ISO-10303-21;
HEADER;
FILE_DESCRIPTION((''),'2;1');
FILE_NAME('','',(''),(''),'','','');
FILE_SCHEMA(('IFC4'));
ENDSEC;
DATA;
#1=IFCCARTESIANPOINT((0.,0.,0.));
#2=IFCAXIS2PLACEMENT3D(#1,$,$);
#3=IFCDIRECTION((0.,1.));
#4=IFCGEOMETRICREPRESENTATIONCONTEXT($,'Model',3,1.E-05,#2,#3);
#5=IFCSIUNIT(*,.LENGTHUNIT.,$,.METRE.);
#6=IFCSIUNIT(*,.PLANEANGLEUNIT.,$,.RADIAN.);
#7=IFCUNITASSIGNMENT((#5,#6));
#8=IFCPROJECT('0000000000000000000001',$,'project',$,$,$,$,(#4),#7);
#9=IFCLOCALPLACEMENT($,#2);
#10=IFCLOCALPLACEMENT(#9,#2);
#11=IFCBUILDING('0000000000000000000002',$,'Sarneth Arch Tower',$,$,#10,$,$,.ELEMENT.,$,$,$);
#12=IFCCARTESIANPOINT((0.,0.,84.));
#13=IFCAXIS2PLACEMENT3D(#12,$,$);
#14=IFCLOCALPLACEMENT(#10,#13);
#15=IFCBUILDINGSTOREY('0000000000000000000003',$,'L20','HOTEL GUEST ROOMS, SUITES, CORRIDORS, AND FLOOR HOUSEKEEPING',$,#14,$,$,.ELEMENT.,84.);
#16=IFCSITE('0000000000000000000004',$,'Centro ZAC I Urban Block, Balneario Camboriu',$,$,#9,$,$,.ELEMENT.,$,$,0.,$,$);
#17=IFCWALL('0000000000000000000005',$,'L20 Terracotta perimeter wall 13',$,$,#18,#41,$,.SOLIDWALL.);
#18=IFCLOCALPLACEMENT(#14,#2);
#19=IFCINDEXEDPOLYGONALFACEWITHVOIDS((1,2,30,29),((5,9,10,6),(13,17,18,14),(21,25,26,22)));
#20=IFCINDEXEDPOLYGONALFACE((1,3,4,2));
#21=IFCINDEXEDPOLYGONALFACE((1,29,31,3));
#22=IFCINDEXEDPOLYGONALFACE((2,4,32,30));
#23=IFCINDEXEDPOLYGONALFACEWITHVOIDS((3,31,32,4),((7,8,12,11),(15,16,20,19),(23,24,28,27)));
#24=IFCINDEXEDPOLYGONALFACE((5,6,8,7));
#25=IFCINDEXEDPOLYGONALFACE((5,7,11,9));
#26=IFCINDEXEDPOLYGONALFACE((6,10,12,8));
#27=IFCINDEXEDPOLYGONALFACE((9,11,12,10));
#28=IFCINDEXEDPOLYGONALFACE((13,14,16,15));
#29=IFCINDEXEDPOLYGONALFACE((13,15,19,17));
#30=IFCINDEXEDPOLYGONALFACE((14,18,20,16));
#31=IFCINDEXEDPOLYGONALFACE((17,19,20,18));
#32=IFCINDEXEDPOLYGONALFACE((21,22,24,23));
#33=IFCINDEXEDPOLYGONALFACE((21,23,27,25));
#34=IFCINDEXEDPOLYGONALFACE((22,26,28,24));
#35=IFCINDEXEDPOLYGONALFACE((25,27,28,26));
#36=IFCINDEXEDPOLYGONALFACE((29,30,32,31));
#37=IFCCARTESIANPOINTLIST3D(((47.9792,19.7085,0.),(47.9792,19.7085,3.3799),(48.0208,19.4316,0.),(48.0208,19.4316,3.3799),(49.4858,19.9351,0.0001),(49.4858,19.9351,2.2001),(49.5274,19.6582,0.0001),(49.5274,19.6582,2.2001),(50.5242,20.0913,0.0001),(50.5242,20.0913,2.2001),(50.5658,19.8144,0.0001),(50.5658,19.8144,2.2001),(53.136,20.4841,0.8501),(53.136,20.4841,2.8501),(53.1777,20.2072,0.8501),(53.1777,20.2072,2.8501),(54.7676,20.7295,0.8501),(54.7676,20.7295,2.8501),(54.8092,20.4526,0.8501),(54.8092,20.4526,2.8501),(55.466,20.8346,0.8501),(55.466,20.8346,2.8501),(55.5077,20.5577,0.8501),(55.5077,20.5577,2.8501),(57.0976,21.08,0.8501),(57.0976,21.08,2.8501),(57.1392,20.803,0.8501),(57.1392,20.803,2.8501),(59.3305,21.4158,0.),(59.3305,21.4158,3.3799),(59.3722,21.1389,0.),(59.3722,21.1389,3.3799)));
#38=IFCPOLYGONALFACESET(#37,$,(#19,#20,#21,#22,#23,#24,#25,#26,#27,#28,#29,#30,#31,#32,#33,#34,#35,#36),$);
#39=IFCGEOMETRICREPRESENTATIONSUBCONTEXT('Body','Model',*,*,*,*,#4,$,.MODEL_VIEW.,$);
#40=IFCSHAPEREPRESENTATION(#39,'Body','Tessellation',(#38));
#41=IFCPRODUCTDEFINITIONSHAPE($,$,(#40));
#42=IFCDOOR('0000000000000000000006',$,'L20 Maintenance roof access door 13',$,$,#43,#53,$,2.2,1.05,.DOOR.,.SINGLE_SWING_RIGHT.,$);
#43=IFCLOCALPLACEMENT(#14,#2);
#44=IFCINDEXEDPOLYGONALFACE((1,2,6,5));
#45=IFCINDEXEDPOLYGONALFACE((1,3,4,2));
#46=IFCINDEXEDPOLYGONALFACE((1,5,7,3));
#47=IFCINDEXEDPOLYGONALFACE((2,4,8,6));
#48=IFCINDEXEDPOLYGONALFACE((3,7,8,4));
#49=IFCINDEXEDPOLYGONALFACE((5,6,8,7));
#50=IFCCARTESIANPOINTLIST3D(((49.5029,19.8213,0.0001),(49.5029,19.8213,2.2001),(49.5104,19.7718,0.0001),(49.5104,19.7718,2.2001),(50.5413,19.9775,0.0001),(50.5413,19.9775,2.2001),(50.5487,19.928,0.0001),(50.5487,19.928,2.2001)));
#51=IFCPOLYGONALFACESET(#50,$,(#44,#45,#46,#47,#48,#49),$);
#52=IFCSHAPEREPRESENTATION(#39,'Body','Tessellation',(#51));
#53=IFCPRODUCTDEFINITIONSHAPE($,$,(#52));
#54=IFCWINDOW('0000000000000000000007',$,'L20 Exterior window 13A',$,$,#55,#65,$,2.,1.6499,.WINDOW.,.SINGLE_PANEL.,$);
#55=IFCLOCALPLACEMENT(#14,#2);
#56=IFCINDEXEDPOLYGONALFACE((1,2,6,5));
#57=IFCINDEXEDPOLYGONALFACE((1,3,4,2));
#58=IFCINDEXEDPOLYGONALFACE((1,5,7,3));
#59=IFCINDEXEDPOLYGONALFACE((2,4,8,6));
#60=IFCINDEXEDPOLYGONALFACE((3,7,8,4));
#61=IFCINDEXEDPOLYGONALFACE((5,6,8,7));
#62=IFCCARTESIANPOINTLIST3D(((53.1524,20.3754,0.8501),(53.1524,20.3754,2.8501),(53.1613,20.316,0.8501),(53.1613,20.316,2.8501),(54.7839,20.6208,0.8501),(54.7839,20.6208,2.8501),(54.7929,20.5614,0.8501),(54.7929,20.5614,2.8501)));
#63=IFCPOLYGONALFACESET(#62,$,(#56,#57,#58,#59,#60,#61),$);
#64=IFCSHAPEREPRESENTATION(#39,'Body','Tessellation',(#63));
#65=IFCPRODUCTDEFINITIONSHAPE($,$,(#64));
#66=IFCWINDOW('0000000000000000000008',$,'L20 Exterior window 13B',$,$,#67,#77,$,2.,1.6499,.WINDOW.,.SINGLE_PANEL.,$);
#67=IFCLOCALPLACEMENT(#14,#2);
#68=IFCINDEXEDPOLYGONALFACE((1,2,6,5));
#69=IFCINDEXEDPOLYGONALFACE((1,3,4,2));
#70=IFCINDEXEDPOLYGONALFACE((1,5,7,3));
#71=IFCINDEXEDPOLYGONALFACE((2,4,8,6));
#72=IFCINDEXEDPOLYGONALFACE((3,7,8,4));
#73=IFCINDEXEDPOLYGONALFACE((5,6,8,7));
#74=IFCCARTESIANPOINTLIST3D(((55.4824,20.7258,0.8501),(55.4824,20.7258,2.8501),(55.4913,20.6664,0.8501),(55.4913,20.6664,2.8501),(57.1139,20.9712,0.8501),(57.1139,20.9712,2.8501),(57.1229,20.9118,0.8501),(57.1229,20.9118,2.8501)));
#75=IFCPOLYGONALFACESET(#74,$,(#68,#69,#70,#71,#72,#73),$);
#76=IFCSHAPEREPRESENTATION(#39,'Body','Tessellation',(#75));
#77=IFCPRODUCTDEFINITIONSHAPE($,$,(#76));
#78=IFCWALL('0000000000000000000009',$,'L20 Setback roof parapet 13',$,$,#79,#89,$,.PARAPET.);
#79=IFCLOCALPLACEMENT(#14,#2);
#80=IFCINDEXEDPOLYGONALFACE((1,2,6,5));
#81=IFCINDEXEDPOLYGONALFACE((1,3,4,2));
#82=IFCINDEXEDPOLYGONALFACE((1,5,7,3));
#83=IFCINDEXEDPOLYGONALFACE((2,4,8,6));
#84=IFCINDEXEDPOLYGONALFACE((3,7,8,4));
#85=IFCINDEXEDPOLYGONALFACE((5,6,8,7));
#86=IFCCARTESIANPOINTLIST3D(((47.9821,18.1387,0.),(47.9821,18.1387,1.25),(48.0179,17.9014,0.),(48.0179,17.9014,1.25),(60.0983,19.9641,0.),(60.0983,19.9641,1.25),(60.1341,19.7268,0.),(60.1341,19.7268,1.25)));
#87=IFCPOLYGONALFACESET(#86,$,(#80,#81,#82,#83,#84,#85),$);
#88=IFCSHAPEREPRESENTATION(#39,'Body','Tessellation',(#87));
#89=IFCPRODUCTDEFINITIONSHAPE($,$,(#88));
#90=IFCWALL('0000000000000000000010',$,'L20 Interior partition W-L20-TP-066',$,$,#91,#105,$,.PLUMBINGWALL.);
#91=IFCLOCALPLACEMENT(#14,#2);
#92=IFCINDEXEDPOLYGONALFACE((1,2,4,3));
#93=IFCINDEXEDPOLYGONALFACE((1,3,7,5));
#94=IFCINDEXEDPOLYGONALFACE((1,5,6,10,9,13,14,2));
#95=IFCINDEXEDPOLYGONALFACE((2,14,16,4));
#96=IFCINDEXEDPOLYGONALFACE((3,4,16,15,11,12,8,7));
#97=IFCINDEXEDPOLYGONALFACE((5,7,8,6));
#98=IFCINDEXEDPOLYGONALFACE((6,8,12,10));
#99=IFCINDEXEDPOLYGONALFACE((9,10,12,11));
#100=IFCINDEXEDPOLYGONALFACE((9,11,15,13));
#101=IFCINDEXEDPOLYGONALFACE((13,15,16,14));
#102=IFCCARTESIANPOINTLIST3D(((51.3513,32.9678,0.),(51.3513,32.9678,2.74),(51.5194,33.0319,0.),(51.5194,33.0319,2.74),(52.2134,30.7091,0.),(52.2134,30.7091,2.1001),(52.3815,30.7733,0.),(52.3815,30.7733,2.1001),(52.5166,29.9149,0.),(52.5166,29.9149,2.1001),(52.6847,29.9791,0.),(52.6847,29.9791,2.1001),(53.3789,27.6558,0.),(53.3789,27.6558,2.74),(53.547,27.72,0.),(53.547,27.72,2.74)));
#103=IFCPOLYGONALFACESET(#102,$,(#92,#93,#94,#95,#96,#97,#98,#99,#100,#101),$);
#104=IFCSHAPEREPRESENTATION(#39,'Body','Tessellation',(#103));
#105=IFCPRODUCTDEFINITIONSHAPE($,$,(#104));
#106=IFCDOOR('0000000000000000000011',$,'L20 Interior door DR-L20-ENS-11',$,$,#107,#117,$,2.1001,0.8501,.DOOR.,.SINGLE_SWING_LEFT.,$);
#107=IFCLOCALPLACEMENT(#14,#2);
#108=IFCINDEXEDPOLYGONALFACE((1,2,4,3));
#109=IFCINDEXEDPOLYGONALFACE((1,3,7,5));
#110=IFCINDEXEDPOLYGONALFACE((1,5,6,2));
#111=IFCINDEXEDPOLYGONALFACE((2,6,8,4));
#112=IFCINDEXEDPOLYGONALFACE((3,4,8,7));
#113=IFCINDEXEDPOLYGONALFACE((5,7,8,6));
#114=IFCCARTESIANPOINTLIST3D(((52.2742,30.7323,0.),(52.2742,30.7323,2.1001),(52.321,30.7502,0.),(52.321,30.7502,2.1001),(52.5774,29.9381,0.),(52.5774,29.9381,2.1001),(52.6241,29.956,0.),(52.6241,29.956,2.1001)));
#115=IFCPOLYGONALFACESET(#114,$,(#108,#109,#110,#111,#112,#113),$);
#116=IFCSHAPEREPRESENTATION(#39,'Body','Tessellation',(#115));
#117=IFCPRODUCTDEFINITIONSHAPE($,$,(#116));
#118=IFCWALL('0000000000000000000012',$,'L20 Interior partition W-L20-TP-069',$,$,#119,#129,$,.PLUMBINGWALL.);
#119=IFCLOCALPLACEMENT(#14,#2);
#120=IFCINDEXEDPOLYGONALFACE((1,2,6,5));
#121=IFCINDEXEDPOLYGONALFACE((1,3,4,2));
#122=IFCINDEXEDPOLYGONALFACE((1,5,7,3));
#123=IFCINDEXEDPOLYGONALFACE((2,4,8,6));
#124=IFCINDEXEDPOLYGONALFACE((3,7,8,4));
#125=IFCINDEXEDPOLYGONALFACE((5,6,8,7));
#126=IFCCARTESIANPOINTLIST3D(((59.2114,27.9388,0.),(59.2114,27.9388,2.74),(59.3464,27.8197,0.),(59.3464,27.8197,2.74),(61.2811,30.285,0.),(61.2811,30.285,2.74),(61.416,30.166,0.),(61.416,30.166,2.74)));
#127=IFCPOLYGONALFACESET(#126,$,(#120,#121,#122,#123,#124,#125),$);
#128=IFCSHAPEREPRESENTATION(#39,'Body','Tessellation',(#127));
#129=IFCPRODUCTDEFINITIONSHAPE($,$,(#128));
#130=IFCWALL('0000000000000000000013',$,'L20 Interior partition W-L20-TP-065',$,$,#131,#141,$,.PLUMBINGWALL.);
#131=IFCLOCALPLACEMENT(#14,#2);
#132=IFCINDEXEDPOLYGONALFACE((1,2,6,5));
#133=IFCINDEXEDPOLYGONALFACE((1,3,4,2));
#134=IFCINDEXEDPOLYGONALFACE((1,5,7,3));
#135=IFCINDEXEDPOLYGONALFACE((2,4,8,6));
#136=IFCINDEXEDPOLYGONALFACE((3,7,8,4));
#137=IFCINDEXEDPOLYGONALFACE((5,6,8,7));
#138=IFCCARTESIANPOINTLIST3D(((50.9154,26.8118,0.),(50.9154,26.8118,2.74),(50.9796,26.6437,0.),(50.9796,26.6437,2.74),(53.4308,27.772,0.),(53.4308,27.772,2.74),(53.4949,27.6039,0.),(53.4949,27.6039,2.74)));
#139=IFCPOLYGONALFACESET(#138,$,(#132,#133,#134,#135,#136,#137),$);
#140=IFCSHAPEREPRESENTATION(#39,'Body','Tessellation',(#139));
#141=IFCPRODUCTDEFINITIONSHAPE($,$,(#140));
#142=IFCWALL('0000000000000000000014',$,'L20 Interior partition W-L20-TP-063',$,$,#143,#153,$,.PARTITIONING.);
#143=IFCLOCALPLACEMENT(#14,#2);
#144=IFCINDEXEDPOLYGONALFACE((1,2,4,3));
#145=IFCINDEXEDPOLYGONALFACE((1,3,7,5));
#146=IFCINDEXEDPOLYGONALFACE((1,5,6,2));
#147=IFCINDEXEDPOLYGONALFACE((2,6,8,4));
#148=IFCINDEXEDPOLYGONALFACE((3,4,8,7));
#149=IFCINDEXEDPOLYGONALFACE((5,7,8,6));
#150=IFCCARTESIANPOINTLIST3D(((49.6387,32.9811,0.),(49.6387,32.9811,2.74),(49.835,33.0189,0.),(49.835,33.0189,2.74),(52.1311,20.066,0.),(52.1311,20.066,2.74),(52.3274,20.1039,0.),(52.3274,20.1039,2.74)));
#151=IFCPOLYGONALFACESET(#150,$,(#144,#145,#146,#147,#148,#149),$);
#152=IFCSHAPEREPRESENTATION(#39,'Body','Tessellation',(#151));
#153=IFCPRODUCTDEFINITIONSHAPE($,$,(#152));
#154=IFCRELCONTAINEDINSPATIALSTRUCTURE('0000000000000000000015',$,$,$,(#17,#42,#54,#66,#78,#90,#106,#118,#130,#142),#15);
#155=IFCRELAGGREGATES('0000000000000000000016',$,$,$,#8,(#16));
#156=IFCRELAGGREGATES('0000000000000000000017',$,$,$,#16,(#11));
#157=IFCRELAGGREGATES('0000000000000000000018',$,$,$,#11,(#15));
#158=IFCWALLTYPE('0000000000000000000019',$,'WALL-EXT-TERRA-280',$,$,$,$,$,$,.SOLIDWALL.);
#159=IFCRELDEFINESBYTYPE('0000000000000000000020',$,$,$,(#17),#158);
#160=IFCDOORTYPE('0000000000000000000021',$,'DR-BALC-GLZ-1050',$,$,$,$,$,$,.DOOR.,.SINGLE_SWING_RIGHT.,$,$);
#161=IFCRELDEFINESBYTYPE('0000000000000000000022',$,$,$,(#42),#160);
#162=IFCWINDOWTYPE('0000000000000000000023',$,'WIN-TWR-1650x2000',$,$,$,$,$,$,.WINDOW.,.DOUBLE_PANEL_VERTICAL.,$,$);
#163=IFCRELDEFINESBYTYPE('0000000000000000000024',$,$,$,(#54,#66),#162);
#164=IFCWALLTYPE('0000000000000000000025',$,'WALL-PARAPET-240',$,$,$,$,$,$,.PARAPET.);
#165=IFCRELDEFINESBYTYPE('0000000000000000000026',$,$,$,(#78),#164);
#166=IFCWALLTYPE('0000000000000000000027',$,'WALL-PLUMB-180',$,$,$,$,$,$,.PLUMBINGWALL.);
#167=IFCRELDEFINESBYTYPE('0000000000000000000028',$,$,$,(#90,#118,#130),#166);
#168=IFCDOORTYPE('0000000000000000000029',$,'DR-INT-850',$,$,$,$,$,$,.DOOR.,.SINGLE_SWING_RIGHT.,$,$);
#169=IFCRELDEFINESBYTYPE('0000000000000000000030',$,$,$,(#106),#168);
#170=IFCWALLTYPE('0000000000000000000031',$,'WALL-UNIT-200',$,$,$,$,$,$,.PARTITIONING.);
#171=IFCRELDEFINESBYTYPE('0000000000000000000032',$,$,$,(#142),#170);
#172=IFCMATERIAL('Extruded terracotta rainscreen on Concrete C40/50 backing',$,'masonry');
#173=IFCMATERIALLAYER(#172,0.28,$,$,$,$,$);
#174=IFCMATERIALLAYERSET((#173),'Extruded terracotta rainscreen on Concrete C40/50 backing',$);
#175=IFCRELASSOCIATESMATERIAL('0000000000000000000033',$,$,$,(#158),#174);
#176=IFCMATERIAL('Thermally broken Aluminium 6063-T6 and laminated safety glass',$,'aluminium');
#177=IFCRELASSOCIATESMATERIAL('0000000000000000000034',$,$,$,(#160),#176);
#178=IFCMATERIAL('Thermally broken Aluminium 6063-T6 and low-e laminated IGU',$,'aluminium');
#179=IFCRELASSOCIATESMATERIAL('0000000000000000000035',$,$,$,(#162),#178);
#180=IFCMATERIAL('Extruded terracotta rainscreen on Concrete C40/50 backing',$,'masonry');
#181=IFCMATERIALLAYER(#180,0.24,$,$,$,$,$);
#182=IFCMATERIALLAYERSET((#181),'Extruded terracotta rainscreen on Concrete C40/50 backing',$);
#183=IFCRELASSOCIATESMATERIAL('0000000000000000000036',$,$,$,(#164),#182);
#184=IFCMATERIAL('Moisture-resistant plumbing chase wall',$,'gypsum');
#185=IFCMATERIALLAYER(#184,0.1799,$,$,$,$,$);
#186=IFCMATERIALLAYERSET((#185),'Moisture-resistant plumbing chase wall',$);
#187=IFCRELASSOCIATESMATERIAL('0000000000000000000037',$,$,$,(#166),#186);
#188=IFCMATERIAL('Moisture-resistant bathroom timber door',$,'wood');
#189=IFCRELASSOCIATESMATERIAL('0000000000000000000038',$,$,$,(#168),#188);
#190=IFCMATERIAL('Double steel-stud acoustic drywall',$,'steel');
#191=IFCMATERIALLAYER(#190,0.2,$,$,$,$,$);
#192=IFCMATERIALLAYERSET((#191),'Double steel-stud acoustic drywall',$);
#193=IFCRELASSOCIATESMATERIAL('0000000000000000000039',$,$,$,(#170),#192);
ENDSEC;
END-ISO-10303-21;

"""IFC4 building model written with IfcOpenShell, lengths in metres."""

from ifc_helpers import new_model, si_unit, direction, frame, frame_2d, origin, place, context, subcontext, project, spatial, rectangle, extrude, material, layer, layer_set, type_object, element, fill, save


model = new_model("IFC4")

# Units and contexts
model_context = context("Model", 3, precision=1e-05, world=origin(), true_north=direction((0.0, 1.0)))
body_context = subcontext(model_context, "Body", "Model", "MODEL_VIEW")
ifc_project = project(units=[si_unit("LENGTHUNIT", "METRE"), si_unit("PLANEANGLEUNIT", "RADIAN")], contexts=[model_context])

# Site, building, storey
site_placement = place(None, origin())
site = spatial("IfcSite", under=ifc_project, at=site_placement, Name="Centro ZAC I Urban Block, Balneario Camboriu", CompositionType="ELEMENT", RefElevation=0.0)
building_placement = place(site_placement, origin())
building = spatial("IfcBuilding", under=site, at=building_placement, Name="Sarneth Arch Tower", CompositionType="ELEMENT")
storey_placement = place(building_placement, frame((0.0, 0.0, 84.0)))
storey = spatial("IfcBuildingStorey", under=building, at=storey_placement, Name="L20", Description="HOTEL GUEST ROOMS, SUITES, CORRIDORS, AND FLOOR HOUSEKEEPING", CompositionType="ELEMENT", Elevation=84.0)

# Wall, openings, door, windows
ifc_material_1 = material(Name="Extruded terracotta rainscreen on Concrete C40/50 backing", Category="masonry")
ifc_layer_1 = layer(ifc_material_1, 0.28)
ifc_layer_set_1 = layer_set([ifc_layer_1], Name="Extruded terracotta rainscreen on Concrete C40/50 backing")
wall_type_1 = type_object("IfcWallType", Name="WALL-EXT-TERRA-280", PredefinedType="SOLIDWALL", material=ifc_layer_set_1)
wall_1_placement = place(storey_placement, frame((48.0, 19.5701, 0.0), z_axis=(0.0, 0.0, 1.0), x_axis=(0.988878, 0.14873, 0.0)))
wall_1 = element("IfcWall", 1, at=wall_1_placement, inside=storey, type_object=wall_type_1, Name="L20 Terracotta perimeter wall 13", PredefinedType="SOLIDWALL", context=body_context, shape_type="SweptSolid", body=[
    extrude(rectangle(XDim=11.479, YDim=0.28, at=frame_2d((5.7395, 0.0))), origin(), (0.0, 0.0, 1.0), 3.3799),
])
opening_1_placement = place(wall_1_placement, frame((1.5237, 0.0, 0.0)))
opening_1 = element("IfcOpeningElement", 2, at=opening_1_placement, cuts=wall_1, PredefinedType="OPENING", context=body_context, shape_type="SweptSolid", body=[
    extrude(rectangle(XDim=1.05, YDim=2.2, at=frame_2d((0.5249, 1.1001))), frame((0.0, 0.1499, 0.0), z_axis=(0.0, -1.0, 0.0), x_axis=(1.0, 0.0, 0.0)), (0.0, 0.0, 1.0), 0.3),
])
opening_2_placement = place(wall_1_placement, frame((5.2148, 0.0, 0.8501)))
opening_2 = element("IfcOpeningElement", 3, at=opening_2_placement, cuts=wall_1, PredefinedType="OPENING", context=body_context, shape_type="SweptSolid", body=[
    extrude(rectangle(XDim=1.6499, YDim=2.0, at=frame_2d((0.825, 1.0))), frame((0.0, 0.1499, 0.0), z_axis=(0.0, -1.0, 0.0), x_axis=(1.0, 0.0, 0.0)), (0.0, 0.0, 1.0), 0.3),
])
opening_3_placement = place(wall_1_placement, frame((7.571, 0.0, 0.8501)))
opening_3 = element("IfcOpeningElement", 4, at=opening_3_placement, cuts=wall_1, PredefinedType="OPENING", context=body_context, shape_type="SweptSolid", body=[
    extrude(rectangle(XDim=1.6499, YDim=2.0, at=frame_2d((0.825, 1.0))), frame((0.0, 0.1499, 0.0), z_axis=(0.0, -1.0, 0.0), x_axis=(1.0, 0.0, 0.0)), (0.0, 0.0, 1.0), 0.3),
])
ifc_material_2 = material(Name="Thermally broken Aluminium 6063-T6 and laminated safety glass", Category="aluminium")
door_type_1 = type_object("IfcDoorType", Name="DR-BALC-GLZ-1050", OperationType="SINGLE_SWING_RIGHT", PredefinedType="DOOR", material=ifc_material_2)
door_1_placement = place(opening_1_placement, origin())
door_1 = element("IfcDoor", 5, at=door_1_placement, inside=storey, type_object=door_type_1, Name="L20 Maintenance roof access door 13", OperationType="SINGLE_SWING_RIGHT", OverallHeight=2.2, OverallWidth=1.05, PredefinedType="DOOR", context=body_context, shape_type="SweptSolid", body=[
    extrude(rectangle(XDim=1.05, YDim=2.2, at=frame_2d((0.5249, 1.1001))), frame((0.0, 0.0249, 0.0), z_axis=(0.0, -1.0, 0.0), x_axis=(1.0, 0.0, 0.0)), (0.0, 0.0, 1.0), 0.05),
])
fill(opening_1, door_1)
ifc_material_3 = material(Name="Thermally broken Aluminium 6063-T6 and low-e laminated IGU", Category="aluminium")
window_type = type_object("IfcWindowType", Name="WIN-TWR-1650x2000", PartitioningType="DOUBLE_PANEL_VERTICAL", PredefinedType="WINDOW", material=ifc_material_3)
window_1_placement = place(opening_2_placement, origin())
window_1 = element("IfcWindow", 6, at=window_1_placement, inside=storey, type_object=window_type, Name="L20 Exterior window 13A", OverallHeight=2.0, OverallWidth=1.6499, PartitioningType="SINGLE_PANEL", PredefinedType="WINDOW", context=body_context, shape_type="SweptSolid", body=[
    extrude(rectangle(XDim=1.6499, YDim=2.0, at=frame_2d((0.825, 1.0))), frame((0.0, 0.03, 0.0), z_axis=(0.0, -1.0, 0.0), x_axis=(1.0, 0.0, 0.0)), (0.0, 0.0, 1.0), 0.0601),
])
fill(opening_2, window_1)
window_2_placement = place(opening_3_placement, origin())
window_2 = element("IfcWindow", 7, at=window_2_placement, inside=storey, type_object=window_type, Name="L20 Exterior window 13B", OverallHeight=2.0, OverallWidth=1.6499, PartitioningType="SINGLE_PANEL", PredefinedType="WINDOW", context=body_context, shape_type="SweptSolid", body=[
    extrude(rectangle(XDim=1.6499, YDim=2.0, at=frame_2d((0.825, 1.0))), frame((0.0, 0.03, 0.0), z_axis=(0.0, -1.0, 0.0), x_axis=(1.0, 0.0, 0.0)), (0.0, 0.0, 1.0), 0.0601),
])
fill(opening_3, window_2)

# Wall
ifc_material_4 = material(Name="Extruded terracotta rainscreen on Concrete C40/50 backing", Category="masonry")
ifc_layer_2 = layer(ifc_material_4, 0.24)
ifc_layer_set_2 = layer_set([ifc_layer_2], Name="Extruded terracotta rainscreen on Concrete C40/50 backing")
wall_type_2 = type_object("IfcWallType", Name="WALL-PARAPET-240", PredefinedType="PARAPET", material=ifc_layer_set_2)
wall_2_placement = place(storey_placement, frame((48.0, 18.02, 0.0), z_axis=(0.0, 0.0, 1.0), x_axis=(0.98884, 0.14898, 0.0)))
element("IfcWall", 8, at=wall_2_placement, inside=storey, type_object=wall_type_2, Name="L20 Setback roof parapet 13", PredefinedType="PARAPET", context=body_context, shape_type="SweptSolid", body=[
    extrude(rectangle(XDim=12.2529, YDim=0.24, at=frame_2d((6.1265, 0.0))), origin(), (0.0, 0.0, 1.0), 1.25),
])

# Wall, opening, door
ifc_material_5 = material(Name="Moisture-resistant plumbing chase wall", Category="gypsum")
ifc_layer_3 = layer(ifc_material_5, 0.1799)
ifc_layer_set_3 = layer_set([ifc_layer_3], Name="Moisture-resistant plumbing chase wall")
wall_type_3 = type_object("IfcWallType", Name="WALL-PLUMB-180", PredefinedType="PLUMBINGWALL", material=ifc_layer_set_3)
wall_3_placement = place(storey_placement, frame((53.4629, 27.688, 0.0), z_axis=(0.0, 0.0, 1.0), x_axis=(-0.356604, 0.934256, 0.0)))
wall_3 = element("IfcWall", 9, at=wall_3_placement, inside=storey, type_object=wall_type_3, Name="L20 Interior partition W-L20-TP-066", PredefinedType="PLUMBINGWALL", context=body_context, shape_type="SweptSolid", body=[
    extrude(rectangle(XDim=5.6858, YDim=0.1799, at=frame_2d((2.8428, 0.0))), origin(), (0.0, 0.0, 1.0), 2.74),
])
opening_4_placement = place(wall_3_placement, frame((2.418, 0.0, 0.0)))
opening_4 = element("IfcOpeningElement", 10, at=opening_4_placement, cuts=wall_3, PredefinedType="OPENING", context=body_context, shape_type="SweptSolid", body=[
    extrude(rectangle(XDim=0.8501, YDim=2.1001, at=frame_2d((0.425, 1.05))), frame((0.0, 0.0999, 0.0), z_axis=(0.0, -1.0, 0.0), x_axis=(1.0, 0.0, 0.0)), (0.0, 0.0, 1.0), 0.2),
])
ifc_material_6 = material(Name="Moisture-resistant bathroom timber door", Category="wood")
door_type_2 = type_object("IfcDoorType", Name="DR-INT-850", OperationType="SINGLE_SWING_RIGHT", PredefinedType="DOOR", material=ifc_material_6)
door_2_placement = place(opening_4_placement, origin())
door_2 = element("IfcDoor", 11, at=door_2_placement, inside=storey, type_object=door_type_2, Name="L20 Interior door DR-L20-ENS-11", OperationType="SINGLE_SWING_LEFT", OverallHeight=2.1001, OverallWidth=0.8501, PredefinedType="DOOR", context=body_context, shape_type="SweptSolid", body=[
    extrude(rectangle(XDim=0.8501, YDim=2.1001, at=frame_2d((0.425, 1.05))), frame((0.0, 0.0249, 0.0), z_axis=(0.0, -1.0, 0.0), x_axis=(1.0, 0.0, 0.0)), (0.0, 0.0, 1.0), 0.05),
])
fill(opening_4, door_2)

# Walls
wall_4_placement = place(storey_placement, frame((59.2788, 27.8792, 0.0), z_axis=(0.0, 0.0, 1.0), x_axis=(0.661516, 0.749931, 0.0)))
element("IfcWall", 12, at=wall_4_placement, inside=storey, type_object=wall_type_3, Name="L20 Interior partition W-L20-TP-069", PredefinedType="PLUMBINGWALL", context=body_context, shape_type="SweptSolid", body=[
    extrude(rectangle(XDim=3.1287, YDim=0.1799, at=frame_2d((1.5645, 0.0))), origin(), (0.0, 0.0, 1.0), 2.74),
])
wall_5_placement = place(storey_placement, frame((50.9475, 26.7278, 0.0), z_axis=(0.0, 0.0, 1.0), x_axis=(0.934245, 0.356632, 0.0)))
element("IfcWall", 13, at=wall_5_placement, inside=storey, type_object=wall_type_3, Name="L20 Interior partition W-L20-TP-065", PredefinedType="PLUMBINGWALL", context=body_context, shape_type="SweptSolid", body=[
    extrude(rectangle(XDim=2.6924, YDim=0.1799, at=frame_2d((1.3462, 0.0))), origin(), (0.0, 0.0, 1.0), 2.74),
])
ifc_material_7 = material(Name="Double steel-stud acoustic drywall", Category="steel")
ifc_layer_4 = layer(ifc_material_7, 0.2)
ifc_layer_set_4 = layer_set([ifc_layer_4], Name="Double steel-stud acoustic drywall")
wall_type_4 = type_object("IfcWallType", Name="WALL-UNIT-200", PredefinedType="PARTITIONING", material=ifc_layer_set_4)
wall_6_placement = place(storey_placement, frame((49.7368, 33.0, 0.0), z_axis=(0.0, 0.0, 1.0), x_axis=(0.18949, -0.981883, 0.0)))
element("IfcWall", 14, at=wall_6_placement, inside=storey, type_object=wall_type_4, Name="L20 Interior partition W-L20-TP-063", PredefinedType="PARTITIONING", context=body_context, shape_type="SweptSolid", body=[
    extrude(rectangle(XDim=13.1533, YDim=0.2, at=frame_2d((6.5767, 0.0))), origin(), (0.0, 0.0, 1.0), 2.74),
])

save(model, "model.ifc")
